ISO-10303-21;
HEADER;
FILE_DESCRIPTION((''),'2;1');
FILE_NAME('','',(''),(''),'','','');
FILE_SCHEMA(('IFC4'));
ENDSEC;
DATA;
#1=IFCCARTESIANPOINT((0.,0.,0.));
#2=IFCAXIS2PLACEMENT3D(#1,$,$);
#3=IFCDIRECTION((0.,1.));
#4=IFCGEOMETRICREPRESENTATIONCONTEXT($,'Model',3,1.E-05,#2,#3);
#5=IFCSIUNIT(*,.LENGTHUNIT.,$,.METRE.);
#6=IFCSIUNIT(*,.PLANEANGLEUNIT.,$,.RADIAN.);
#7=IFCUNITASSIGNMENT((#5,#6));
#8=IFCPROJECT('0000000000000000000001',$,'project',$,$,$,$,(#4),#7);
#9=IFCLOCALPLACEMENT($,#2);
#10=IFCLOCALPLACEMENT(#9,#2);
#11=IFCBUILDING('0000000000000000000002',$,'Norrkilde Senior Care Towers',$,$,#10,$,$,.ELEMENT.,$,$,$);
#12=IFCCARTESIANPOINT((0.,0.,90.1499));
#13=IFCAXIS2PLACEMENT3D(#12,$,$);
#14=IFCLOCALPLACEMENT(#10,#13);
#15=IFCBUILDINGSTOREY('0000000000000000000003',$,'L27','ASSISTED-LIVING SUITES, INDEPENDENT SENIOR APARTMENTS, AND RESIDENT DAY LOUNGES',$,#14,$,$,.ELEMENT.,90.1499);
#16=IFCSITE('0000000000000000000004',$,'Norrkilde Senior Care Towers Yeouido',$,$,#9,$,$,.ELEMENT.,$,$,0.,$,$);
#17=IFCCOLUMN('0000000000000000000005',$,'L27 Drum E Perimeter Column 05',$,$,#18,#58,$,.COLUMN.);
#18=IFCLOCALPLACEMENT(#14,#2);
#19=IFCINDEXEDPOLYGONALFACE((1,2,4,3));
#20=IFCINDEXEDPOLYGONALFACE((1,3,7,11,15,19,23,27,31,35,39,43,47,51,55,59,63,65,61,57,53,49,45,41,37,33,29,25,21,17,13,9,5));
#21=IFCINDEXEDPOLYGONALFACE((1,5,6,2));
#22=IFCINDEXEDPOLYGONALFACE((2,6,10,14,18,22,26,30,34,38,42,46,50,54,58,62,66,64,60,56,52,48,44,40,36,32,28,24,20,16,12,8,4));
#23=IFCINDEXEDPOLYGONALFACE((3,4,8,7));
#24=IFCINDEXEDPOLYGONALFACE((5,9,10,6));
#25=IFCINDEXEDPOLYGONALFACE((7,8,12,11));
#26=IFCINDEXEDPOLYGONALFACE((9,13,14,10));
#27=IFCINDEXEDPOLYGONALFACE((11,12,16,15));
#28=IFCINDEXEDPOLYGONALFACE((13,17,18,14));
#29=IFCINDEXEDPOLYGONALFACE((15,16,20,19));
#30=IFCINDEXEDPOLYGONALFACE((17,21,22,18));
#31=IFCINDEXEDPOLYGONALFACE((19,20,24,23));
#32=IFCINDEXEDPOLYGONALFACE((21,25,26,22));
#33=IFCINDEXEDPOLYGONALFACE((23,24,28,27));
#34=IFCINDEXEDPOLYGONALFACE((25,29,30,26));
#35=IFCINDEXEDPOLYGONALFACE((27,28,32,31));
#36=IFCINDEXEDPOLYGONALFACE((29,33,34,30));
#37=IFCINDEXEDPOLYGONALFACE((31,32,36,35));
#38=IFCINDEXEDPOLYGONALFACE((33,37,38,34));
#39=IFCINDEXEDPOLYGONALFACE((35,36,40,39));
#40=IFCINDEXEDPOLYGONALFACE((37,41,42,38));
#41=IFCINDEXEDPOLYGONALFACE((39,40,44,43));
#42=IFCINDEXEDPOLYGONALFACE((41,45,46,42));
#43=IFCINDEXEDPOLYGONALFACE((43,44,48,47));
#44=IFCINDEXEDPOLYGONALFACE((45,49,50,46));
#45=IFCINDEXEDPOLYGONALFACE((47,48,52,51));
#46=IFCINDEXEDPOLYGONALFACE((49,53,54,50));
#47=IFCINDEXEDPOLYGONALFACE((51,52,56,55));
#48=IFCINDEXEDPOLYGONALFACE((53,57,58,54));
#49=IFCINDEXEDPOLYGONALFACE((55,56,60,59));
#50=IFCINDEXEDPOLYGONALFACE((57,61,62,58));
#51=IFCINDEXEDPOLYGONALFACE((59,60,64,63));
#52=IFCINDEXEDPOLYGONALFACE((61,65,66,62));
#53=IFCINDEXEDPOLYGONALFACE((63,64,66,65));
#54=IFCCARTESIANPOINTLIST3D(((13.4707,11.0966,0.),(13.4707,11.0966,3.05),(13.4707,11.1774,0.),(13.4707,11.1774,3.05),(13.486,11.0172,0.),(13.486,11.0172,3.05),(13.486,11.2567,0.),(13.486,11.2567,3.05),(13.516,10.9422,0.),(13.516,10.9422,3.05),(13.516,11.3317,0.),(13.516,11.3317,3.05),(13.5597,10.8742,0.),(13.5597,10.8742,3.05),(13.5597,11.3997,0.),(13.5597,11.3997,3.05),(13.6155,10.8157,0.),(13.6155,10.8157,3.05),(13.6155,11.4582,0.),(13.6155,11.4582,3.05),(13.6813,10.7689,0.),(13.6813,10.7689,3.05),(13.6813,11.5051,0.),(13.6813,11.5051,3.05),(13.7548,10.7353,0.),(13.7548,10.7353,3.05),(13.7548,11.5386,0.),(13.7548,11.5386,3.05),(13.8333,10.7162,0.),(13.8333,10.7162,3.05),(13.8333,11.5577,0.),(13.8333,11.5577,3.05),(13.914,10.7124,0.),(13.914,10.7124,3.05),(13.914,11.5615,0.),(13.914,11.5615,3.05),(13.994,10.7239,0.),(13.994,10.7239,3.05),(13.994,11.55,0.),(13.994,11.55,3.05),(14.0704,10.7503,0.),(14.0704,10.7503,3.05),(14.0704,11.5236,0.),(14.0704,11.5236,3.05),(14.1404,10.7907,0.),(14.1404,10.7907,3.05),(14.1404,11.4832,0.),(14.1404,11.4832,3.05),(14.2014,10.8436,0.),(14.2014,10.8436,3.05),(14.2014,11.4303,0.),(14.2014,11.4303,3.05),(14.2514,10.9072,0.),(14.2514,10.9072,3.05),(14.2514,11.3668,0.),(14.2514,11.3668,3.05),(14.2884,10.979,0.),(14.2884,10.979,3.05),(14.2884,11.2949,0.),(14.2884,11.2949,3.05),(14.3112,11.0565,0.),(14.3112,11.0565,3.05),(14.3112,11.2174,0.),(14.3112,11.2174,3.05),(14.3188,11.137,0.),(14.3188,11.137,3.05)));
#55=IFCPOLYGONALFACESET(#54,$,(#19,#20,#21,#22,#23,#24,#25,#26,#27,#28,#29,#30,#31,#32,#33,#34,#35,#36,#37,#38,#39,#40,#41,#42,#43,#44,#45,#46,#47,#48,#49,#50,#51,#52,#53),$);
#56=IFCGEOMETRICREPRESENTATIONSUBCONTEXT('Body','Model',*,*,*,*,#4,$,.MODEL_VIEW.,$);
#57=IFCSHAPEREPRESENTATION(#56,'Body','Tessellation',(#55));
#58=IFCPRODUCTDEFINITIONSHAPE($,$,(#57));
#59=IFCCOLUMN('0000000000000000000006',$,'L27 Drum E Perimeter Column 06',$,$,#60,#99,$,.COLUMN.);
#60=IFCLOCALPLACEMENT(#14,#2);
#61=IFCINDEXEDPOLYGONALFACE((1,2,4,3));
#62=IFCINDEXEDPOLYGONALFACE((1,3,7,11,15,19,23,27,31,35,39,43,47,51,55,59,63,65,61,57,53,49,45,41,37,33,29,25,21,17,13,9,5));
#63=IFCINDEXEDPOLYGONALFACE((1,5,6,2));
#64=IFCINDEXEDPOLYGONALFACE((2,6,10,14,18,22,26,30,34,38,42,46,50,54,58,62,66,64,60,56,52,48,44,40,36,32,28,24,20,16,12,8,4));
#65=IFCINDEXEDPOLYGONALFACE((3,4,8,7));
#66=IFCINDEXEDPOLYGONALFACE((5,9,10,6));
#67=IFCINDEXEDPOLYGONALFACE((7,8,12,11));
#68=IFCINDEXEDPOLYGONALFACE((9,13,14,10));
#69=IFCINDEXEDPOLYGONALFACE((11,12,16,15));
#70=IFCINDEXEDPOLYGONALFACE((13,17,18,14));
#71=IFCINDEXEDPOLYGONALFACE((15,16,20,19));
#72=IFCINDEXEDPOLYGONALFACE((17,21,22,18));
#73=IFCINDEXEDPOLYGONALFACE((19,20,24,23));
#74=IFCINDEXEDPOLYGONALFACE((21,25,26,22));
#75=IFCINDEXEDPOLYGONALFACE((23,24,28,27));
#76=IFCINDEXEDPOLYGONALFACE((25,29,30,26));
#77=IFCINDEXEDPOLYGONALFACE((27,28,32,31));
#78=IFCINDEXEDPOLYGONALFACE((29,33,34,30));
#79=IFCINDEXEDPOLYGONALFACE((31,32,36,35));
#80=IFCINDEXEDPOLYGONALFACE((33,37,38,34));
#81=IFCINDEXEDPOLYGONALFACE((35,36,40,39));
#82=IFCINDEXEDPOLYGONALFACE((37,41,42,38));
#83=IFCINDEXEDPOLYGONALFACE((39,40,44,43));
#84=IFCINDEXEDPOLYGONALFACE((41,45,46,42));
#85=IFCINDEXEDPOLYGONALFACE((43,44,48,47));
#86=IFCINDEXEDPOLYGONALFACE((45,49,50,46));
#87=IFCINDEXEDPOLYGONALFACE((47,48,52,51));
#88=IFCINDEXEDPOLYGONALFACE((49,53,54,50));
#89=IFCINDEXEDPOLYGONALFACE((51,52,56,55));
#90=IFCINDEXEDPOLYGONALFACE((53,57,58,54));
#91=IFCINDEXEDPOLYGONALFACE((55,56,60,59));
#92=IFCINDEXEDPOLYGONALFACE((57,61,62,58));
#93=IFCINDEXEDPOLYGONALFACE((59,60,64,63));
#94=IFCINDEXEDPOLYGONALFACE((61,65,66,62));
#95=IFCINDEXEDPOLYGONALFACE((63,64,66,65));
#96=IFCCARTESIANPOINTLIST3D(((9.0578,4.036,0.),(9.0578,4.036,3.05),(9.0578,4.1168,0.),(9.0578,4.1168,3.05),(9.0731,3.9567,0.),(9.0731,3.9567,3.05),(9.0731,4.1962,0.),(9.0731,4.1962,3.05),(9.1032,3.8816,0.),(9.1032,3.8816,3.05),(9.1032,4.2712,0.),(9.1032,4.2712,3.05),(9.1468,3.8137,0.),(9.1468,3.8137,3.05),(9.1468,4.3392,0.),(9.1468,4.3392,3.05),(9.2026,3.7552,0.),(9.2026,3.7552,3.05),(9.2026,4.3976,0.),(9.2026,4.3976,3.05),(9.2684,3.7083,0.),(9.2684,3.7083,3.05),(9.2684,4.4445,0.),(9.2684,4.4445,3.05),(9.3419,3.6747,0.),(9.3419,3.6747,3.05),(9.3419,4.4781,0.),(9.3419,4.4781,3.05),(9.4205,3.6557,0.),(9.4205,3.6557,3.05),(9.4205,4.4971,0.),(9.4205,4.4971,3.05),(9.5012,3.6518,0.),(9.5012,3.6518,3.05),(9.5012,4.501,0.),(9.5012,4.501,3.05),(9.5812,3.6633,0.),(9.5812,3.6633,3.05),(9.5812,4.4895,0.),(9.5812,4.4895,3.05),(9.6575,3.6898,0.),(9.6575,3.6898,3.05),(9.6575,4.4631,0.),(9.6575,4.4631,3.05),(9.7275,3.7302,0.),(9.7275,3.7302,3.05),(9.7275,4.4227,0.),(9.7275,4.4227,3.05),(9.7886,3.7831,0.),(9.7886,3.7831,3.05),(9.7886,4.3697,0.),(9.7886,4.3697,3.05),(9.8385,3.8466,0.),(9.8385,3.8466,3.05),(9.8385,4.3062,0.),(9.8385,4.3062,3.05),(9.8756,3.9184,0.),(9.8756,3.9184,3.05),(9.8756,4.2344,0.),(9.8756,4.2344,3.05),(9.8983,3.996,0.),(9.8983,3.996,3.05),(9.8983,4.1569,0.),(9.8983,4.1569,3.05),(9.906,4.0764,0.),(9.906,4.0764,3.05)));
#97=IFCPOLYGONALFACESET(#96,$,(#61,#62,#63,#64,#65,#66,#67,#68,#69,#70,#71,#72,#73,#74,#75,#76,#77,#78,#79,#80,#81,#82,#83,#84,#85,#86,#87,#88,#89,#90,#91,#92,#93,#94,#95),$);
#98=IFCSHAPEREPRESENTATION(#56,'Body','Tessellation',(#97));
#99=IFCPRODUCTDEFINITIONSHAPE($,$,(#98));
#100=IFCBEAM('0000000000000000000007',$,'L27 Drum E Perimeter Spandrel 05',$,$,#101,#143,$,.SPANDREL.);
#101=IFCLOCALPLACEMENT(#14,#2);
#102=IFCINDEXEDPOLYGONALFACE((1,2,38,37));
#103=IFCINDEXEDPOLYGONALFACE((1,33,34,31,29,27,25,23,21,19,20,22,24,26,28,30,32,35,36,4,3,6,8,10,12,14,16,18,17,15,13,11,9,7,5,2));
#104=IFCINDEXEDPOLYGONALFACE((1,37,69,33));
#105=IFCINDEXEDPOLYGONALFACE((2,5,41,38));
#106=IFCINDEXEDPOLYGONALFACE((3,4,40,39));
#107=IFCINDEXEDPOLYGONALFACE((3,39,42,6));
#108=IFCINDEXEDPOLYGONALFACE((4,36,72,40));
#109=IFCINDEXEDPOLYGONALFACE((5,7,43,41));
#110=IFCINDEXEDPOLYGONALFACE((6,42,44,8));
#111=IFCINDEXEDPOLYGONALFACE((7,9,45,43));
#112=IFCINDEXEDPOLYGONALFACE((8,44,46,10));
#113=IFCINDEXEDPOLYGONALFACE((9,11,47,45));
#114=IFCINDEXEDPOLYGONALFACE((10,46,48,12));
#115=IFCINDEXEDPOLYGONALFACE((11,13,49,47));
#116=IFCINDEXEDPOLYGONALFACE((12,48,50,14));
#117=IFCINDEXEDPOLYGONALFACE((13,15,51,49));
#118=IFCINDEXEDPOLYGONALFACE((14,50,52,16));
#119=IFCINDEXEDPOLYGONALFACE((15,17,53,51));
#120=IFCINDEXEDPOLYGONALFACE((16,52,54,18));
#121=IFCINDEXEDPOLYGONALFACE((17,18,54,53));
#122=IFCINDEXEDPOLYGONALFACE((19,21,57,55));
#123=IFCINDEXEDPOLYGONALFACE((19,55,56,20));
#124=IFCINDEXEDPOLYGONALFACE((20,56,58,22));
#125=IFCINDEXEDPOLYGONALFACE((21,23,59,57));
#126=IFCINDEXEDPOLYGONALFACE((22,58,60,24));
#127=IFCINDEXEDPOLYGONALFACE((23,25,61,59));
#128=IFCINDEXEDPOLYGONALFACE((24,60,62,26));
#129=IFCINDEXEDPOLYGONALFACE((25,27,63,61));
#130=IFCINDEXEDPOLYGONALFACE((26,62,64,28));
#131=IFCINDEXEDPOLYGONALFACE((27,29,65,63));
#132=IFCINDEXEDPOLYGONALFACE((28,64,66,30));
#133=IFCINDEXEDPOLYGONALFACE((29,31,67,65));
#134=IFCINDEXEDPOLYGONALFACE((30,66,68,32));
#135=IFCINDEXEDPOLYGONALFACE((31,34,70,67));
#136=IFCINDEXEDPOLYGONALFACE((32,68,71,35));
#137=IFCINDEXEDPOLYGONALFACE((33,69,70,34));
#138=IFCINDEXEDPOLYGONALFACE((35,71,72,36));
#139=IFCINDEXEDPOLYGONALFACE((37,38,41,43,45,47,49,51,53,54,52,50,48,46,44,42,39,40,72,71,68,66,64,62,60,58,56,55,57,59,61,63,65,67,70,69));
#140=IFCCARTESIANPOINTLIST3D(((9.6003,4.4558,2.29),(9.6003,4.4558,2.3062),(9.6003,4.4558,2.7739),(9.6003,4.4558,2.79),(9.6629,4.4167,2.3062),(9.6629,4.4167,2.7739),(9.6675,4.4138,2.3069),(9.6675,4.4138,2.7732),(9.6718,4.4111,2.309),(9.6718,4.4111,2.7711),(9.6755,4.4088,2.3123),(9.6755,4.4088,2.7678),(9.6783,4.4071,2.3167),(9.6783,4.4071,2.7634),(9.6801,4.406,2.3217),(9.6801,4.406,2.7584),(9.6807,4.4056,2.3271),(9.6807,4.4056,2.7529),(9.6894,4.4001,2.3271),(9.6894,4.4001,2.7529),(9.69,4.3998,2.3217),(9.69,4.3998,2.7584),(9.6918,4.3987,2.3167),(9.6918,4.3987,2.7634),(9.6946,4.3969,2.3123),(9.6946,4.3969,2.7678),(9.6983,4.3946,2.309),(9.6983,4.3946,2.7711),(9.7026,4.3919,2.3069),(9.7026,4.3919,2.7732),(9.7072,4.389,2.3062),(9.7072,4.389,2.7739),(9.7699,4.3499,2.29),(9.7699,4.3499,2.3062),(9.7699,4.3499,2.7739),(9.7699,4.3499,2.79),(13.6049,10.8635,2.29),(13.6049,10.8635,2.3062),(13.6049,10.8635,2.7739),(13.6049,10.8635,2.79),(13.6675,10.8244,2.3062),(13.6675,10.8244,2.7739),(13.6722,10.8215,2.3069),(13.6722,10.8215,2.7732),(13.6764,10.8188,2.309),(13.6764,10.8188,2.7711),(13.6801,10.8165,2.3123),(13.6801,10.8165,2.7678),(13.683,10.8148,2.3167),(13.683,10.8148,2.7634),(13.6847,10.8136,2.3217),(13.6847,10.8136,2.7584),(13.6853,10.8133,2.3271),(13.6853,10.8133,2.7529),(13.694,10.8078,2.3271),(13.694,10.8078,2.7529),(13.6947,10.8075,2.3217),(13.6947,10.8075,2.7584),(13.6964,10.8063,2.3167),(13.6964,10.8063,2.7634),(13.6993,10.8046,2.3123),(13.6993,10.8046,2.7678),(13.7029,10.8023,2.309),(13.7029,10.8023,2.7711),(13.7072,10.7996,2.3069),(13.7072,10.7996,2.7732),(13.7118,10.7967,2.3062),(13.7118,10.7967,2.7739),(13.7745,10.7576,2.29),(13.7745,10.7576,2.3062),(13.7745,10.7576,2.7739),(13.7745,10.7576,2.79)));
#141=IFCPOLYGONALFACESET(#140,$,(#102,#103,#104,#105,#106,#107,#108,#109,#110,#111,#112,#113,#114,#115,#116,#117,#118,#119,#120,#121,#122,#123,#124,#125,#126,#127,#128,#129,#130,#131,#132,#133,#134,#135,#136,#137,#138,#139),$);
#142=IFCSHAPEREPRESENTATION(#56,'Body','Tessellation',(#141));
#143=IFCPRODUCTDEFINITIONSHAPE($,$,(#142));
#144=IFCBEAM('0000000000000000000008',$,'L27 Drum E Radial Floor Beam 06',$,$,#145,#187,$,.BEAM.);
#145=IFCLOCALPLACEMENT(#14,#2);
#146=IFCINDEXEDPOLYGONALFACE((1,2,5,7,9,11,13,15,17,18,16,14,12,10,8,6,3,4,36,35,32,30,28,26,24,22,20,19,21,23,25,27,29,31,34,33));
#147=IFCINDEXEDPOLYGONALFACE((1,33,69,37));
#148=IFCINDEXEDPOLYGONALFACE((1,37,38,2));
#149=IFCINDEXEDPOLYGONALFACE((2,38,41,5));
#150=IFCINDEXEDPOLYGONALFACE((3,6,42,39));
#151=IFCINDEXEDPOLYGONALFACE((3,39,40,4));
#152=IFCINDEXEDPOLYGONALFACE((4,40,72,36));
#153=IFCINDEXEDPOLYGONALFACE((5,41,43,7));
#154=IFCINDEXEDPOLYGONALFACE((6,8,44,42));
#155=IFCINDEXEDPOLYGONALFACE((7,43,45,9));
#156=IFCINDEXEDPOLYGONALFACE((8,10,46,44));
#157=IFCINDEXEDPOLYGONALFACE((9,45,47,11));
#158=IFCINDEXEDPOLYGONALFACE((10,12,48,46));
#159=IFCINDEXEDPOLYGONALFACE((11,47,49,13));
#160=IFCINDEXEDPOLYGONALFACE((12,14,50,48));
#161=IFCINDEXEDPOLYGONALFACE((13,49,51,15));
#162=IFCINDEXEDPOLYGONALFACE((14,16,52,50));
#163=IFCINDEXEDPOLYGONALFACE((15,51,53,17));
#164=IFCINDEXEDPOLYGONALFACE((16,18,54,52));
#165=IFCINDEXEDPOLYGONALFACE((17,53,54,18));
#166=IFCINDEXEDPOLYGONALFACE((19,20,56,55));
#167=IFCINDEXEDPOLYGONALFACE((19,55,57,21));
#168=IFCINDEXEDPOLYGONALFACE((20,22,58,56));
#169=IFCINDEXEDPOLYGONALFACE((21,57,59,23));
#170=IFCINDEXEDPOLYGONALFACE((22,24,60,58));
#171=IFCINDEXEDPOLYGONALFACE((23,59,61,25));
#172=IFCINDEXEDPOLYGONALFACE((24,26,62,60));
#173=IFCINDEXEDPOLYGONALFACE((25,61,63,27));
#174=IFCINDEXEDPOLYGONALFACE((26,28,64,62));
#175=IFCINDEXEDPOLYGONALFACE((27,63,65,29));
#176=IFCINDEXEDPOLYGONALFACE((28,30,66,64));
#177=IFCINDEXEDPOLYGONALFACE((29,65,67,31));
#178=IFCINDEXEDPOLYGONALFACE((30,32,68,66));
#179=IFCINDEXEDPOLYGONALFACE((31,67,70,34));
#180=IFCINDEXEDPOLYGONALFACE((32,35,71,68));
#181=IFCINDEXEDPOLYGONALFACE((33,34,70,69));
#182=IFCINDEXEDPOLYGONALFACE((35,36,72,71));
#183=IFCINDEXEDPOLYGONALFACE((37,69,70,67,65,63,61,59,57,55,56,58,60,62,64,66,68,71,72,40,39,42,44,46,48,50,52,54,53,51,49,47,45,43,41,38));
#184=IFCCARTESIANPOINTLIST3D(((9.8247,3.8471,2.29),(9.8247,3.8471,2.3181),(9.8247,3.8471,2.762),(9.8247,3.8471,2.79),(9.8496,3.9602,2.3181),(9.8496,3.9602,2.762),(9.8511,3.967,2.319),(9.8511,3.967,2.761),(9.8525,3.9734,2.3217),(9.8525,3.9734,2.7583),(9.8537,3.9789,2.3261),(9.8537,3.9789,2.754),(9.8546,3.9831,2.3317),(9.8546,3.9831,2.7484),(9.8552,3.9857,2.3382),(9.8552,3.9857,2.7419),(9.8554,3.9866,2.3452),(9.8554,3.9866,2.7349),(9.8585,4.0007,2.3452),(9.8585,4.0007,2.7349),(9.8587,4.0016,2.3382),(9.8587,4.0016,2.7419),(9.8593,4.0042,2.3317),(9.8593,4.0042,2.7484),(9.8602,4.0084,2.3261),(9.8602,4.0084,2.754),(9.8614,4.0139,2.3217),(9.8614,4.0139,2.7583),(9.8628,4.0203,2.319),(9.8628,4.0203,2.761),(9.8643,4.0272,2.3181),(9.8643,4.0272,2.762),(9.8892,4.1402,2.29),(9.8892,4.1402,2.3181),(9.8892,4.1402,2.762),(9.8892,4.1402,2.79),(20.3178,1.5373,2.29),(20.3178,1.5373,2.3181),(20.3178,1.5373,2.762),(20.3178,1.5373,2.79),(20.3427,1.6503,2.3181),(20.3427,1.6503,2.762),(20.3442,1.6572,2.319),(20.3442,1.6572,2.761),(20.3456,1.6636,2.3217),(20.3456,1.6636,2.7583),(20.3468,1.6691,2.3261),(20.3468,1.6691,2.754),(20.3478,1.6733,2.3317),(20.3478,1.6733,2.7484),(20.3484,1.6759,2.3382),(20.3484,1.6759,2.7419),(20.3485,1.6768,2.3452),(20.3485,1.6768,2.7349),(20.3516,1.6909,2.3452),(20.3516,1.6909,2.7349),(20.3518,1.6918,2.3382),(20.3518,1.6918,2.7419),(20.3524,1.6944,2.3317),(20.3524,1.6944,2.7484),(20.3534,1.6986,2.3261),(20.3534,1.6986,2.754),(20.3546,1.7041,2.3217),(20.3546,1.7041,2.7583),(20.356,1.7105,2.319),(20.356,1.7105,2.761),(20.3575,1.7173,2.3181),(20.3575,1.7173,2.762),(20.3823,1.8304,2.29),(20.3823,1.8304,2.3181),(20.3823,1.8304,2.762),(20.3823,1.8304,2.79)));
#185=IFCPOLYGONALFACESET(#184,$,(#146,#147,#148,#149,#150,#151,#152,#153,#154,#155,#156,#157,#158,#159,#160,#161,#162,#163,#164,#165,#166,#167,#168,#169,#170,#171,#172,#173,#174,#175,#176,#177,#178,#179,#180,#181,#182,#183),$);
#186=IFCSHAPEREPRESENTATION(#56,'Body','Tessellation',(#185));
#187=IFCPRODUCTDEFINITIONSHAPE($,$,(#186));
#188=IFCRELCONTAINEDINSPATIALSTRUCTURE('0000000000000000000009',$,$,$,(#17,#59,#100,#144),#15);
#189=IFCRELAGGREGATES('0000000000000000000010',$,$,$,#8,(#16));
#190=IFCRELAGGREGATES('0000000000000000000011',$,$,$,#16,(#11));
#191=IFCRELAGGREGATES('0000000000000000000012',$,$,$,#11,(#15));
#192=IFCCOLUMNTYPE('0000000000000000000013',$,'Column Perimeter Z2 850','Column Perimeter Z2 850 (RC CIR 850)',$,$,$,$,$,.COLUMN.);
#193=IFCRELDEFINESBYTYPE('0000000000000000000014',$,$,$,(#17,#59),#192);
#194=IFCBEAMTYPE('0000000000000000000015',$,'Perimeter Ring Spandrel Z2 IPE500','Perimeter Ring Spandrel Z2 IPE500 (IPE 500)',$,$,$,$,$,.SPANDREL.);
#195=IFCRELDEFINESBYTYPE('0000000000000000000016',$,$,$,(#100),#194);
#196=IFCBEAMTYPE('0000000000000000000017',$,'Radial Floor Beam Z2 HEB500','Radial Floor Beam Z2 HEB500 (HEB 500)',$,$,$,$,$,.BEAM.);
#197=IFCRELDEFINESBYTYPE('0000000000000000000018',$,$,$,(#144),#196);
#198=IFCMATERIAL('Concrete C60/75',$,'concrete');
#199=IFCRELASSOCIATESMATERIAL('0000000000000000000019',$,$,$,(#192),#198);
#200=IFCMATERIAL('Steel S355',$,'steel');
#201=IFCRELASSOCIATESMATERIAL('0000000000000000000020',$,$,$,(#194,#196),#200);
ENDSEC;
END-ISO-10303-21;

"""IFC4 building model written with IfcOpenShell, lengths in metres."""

from ifc_helpers import new_model, si_unit, direction, frame, origin, origin_2d, place, context, subcontext, project, spatial, circle, i_section, extrude, source, transform, mapped, material, material_profile, profile_set, type_object, type_shapes, element, save


model = new_model("IFC4")

# Units and contexts
model_context = context("Model", 3, precision=1e-05, world=origin(), true_north=direction((0.0, 1.0)))
body_context = subcontext(model_context, "Body", "Model", "MODEL_VIEW")
ifc_project = project(units=[si_unit("LENGTHUNIT", "METRE"), si_unit("PLANEANGLEUNIT", "RADIAN")], contexts=[model_context])

# Site, building, storey
site_placement = place(None, origin())
site = spatial("IfcSite", under=ifc_project, at=site_placement, Name="Norrkilde Senior Care Towers Yeouido", CompositionType="ELEMENT", RefElevation=0.0)
building_placement = place(site_placement, origin())
building = spatial("IfcBuilding", under=site, at=building_placement, Name="Norrkilde Senior Care Towers", CompositionType="ELEMENT")
storey_placement = place(building_placement, frame((0.0, 0.0, 90.1499)))
storey = spatial("IfcBuildingStorey", under=building, at=storey_placement, Name="L27", Description="ASSISTED-LIVING SUITES, INDEPENDENT SENIOR APARTMENTS, AND RESIDENT DAY LOUNGES", CompositionType="ELEMENT", Elevation=90.1499)

# Columns
ifc_material_1 = material(Name="Concrete C60/75", Category="concrete")
ifc_material_profile_1 = material_profile(ifc_material_1, circle(Radius=0.425, at=origin_2d()), Name="RC CIR 850")
ifc_profile_set_1 = profile_set([ifc_material_profile_1], Name="Concrete C60/75")
column_type = type_object("IfcColumnType", Name="Column Perimeter Z2 850", Description="Column Perimeter Z2 850 (RC CIR 850)", PredefinedType="COLUMN", material=ifc_profile_set_1)
shared_shape_1 = source(origin(), body_context, "Body", "SweptSolid", [
    extrude(circle(Radius=0.425, at=origin_2d()), origin(), (0.0, 0.0, 1.0), 3.05),
])
type_shapes(column_type, [shared_shape_1])
for number, where, z_axis, x_axis, name in (
    (1, (13.8938, 11.137, 0.0), (0.0, 0.0, 1.0), (1.0, 0.0, 0.0), "L27 Drum E Perimeter Column 05"),
    (2, (9.481, 4.0764, 0.0), (0.0, 0.0, 1.0), (1.0, 0.0, 0.0), "L27 Drum E Perimeter Column 06"),
):
    element("IfcColumn", number, at=place(storey_placement, frame(where, z_axis=z_axis, x_axis=x_axis)), inside=storey, type_object=column_type, Name=name, PredefinedType="COLUMN", context=body_context, shape_type="MappedRepresentation", body=[
        mapped(shared_shape_1, transform((0.0, 0.0, 0.0), x_axis=(1.0, 0.0, 0.0), y_axis=(0.0, 1.0, 0.0), z_axis=(0.0, 0.0, 1.0), scale=1.0)),
    ])

# Beams
ifc_material_2 = material(Name="Steel S355", Category="steel")
ifc_material_profile_2 = material_profile(ifc_material_2, i_section(OverallWidth=0.2, OverallDepth=0.5, WebThickness=0.0103, FlangeThickness=0.0161, FilletRadius=0.021, at=origin_2d()), Name="IPE 500")
ifc_profile_set_2 = profile_set([ifc_material_profile_2], Name="Steel S355")
beam_type_1 = type_object("IfcBeamType", Name="Perimeter Ring Spandrel Z2 IPE500", Description="Perimeter Ring Spandrel Z2 IPE500 (IPE 500)", PredefinedType="SPANDREL", material=ifc_profile_set_2)
shared_shape_2 = source(origin(), body_context, "Body", "SweptSolid", [
    extrude(i_section(OverallWidth=0.2, OverallDepth=0.5, WebThickness=0.0103, FlangeThickness=0.0161, FilletRadius=0.021, at=origin_2d()), origin(), (0.0, 0.0, 1.0), 7.5562),
])
beam_1_placement = place(storey_placement, frame((13.6897, 10.8105, 2.54), z_axis=(-0.529982, -0.848009, 0.0), x_axis=(0.848009, -0.529982, 0.0)))
element("IfcBeam", 3, at=beam_1_placement, inside=storey, type_object=beam_type_1, Name="L27 Drum E Perimeter Spandrel 05", PredefinedType="SPANDREL", context=body_context, shape_type="MappedRepresentation", body=[
    mapped(shared_shape_2, transform((0.0, 0.0, 0.0), x_axis=(1.0, 0.0, 0.0), y_axis=(0.0, 1.0, 0.0), z_axis=(0.0, 0.0, 1.0), scale=1.0)),
])
ifc_material_profile_3 = material_profile(ifc_material_2, i_section(OverallWidth=0.3, OverallDepth=0.5, WebThickness=0.0144, FlangeThickness=0.0281, FilletRadius=0.0271, at=origin_2d()), Name="HEB 500")
ifc_profile_set_3 = profile_set([ifc_material_profile_3], Name="Steel S355")
beam_type_2 = type_object("IfcBeamType", Name="Radial Floor Beam Z2 HEB500", Description="Radial Floor Beam Z2 HEB500 (HEB 500)", PredefinedType="BEAM", material=ifc_profile_set_3)
shared_shape_3 = source(origin(), body_context, "Body", "SweptSolid", [
    extrude(i_section(OverallWidth=0.3, OverallDepth=0.5, WebThickness=0.0144, FlangeThickness=0.0281, FilletRadius=0.0271, at=origin_2d()), origin(), (0.0, 0.0, 1.0), 10.7444),
])
type_shapes(beam_type_2, [shared_shape_3])
beam_2_placement = place(storey_placement, frame((20.3501, 1.6838, 2.54), z_axis=(-0.976619, 0.214979, 0.0), x_axis=(-0.214979, -0.976619, 0.0)))
element("IfcBeam", 4, at=beam_2_placement, inside=storey, type_object=beam_type_2, Name="L27 Drum E Radial Floor Beam 06", PredefinedType="BEAM", context=body_context, shape_type="MappedRepresentation", body=[
    mapped(shared_shape_3, transform((0.0, 0.0, 0.0), x_axis=(1.0, 0.0, 0.0), y_axis=(0.0, 1.0, 0.0), z_axis=(0.0, 0.0, 1.0), scale=1.0)),
])

save(model, "model.ifc")
